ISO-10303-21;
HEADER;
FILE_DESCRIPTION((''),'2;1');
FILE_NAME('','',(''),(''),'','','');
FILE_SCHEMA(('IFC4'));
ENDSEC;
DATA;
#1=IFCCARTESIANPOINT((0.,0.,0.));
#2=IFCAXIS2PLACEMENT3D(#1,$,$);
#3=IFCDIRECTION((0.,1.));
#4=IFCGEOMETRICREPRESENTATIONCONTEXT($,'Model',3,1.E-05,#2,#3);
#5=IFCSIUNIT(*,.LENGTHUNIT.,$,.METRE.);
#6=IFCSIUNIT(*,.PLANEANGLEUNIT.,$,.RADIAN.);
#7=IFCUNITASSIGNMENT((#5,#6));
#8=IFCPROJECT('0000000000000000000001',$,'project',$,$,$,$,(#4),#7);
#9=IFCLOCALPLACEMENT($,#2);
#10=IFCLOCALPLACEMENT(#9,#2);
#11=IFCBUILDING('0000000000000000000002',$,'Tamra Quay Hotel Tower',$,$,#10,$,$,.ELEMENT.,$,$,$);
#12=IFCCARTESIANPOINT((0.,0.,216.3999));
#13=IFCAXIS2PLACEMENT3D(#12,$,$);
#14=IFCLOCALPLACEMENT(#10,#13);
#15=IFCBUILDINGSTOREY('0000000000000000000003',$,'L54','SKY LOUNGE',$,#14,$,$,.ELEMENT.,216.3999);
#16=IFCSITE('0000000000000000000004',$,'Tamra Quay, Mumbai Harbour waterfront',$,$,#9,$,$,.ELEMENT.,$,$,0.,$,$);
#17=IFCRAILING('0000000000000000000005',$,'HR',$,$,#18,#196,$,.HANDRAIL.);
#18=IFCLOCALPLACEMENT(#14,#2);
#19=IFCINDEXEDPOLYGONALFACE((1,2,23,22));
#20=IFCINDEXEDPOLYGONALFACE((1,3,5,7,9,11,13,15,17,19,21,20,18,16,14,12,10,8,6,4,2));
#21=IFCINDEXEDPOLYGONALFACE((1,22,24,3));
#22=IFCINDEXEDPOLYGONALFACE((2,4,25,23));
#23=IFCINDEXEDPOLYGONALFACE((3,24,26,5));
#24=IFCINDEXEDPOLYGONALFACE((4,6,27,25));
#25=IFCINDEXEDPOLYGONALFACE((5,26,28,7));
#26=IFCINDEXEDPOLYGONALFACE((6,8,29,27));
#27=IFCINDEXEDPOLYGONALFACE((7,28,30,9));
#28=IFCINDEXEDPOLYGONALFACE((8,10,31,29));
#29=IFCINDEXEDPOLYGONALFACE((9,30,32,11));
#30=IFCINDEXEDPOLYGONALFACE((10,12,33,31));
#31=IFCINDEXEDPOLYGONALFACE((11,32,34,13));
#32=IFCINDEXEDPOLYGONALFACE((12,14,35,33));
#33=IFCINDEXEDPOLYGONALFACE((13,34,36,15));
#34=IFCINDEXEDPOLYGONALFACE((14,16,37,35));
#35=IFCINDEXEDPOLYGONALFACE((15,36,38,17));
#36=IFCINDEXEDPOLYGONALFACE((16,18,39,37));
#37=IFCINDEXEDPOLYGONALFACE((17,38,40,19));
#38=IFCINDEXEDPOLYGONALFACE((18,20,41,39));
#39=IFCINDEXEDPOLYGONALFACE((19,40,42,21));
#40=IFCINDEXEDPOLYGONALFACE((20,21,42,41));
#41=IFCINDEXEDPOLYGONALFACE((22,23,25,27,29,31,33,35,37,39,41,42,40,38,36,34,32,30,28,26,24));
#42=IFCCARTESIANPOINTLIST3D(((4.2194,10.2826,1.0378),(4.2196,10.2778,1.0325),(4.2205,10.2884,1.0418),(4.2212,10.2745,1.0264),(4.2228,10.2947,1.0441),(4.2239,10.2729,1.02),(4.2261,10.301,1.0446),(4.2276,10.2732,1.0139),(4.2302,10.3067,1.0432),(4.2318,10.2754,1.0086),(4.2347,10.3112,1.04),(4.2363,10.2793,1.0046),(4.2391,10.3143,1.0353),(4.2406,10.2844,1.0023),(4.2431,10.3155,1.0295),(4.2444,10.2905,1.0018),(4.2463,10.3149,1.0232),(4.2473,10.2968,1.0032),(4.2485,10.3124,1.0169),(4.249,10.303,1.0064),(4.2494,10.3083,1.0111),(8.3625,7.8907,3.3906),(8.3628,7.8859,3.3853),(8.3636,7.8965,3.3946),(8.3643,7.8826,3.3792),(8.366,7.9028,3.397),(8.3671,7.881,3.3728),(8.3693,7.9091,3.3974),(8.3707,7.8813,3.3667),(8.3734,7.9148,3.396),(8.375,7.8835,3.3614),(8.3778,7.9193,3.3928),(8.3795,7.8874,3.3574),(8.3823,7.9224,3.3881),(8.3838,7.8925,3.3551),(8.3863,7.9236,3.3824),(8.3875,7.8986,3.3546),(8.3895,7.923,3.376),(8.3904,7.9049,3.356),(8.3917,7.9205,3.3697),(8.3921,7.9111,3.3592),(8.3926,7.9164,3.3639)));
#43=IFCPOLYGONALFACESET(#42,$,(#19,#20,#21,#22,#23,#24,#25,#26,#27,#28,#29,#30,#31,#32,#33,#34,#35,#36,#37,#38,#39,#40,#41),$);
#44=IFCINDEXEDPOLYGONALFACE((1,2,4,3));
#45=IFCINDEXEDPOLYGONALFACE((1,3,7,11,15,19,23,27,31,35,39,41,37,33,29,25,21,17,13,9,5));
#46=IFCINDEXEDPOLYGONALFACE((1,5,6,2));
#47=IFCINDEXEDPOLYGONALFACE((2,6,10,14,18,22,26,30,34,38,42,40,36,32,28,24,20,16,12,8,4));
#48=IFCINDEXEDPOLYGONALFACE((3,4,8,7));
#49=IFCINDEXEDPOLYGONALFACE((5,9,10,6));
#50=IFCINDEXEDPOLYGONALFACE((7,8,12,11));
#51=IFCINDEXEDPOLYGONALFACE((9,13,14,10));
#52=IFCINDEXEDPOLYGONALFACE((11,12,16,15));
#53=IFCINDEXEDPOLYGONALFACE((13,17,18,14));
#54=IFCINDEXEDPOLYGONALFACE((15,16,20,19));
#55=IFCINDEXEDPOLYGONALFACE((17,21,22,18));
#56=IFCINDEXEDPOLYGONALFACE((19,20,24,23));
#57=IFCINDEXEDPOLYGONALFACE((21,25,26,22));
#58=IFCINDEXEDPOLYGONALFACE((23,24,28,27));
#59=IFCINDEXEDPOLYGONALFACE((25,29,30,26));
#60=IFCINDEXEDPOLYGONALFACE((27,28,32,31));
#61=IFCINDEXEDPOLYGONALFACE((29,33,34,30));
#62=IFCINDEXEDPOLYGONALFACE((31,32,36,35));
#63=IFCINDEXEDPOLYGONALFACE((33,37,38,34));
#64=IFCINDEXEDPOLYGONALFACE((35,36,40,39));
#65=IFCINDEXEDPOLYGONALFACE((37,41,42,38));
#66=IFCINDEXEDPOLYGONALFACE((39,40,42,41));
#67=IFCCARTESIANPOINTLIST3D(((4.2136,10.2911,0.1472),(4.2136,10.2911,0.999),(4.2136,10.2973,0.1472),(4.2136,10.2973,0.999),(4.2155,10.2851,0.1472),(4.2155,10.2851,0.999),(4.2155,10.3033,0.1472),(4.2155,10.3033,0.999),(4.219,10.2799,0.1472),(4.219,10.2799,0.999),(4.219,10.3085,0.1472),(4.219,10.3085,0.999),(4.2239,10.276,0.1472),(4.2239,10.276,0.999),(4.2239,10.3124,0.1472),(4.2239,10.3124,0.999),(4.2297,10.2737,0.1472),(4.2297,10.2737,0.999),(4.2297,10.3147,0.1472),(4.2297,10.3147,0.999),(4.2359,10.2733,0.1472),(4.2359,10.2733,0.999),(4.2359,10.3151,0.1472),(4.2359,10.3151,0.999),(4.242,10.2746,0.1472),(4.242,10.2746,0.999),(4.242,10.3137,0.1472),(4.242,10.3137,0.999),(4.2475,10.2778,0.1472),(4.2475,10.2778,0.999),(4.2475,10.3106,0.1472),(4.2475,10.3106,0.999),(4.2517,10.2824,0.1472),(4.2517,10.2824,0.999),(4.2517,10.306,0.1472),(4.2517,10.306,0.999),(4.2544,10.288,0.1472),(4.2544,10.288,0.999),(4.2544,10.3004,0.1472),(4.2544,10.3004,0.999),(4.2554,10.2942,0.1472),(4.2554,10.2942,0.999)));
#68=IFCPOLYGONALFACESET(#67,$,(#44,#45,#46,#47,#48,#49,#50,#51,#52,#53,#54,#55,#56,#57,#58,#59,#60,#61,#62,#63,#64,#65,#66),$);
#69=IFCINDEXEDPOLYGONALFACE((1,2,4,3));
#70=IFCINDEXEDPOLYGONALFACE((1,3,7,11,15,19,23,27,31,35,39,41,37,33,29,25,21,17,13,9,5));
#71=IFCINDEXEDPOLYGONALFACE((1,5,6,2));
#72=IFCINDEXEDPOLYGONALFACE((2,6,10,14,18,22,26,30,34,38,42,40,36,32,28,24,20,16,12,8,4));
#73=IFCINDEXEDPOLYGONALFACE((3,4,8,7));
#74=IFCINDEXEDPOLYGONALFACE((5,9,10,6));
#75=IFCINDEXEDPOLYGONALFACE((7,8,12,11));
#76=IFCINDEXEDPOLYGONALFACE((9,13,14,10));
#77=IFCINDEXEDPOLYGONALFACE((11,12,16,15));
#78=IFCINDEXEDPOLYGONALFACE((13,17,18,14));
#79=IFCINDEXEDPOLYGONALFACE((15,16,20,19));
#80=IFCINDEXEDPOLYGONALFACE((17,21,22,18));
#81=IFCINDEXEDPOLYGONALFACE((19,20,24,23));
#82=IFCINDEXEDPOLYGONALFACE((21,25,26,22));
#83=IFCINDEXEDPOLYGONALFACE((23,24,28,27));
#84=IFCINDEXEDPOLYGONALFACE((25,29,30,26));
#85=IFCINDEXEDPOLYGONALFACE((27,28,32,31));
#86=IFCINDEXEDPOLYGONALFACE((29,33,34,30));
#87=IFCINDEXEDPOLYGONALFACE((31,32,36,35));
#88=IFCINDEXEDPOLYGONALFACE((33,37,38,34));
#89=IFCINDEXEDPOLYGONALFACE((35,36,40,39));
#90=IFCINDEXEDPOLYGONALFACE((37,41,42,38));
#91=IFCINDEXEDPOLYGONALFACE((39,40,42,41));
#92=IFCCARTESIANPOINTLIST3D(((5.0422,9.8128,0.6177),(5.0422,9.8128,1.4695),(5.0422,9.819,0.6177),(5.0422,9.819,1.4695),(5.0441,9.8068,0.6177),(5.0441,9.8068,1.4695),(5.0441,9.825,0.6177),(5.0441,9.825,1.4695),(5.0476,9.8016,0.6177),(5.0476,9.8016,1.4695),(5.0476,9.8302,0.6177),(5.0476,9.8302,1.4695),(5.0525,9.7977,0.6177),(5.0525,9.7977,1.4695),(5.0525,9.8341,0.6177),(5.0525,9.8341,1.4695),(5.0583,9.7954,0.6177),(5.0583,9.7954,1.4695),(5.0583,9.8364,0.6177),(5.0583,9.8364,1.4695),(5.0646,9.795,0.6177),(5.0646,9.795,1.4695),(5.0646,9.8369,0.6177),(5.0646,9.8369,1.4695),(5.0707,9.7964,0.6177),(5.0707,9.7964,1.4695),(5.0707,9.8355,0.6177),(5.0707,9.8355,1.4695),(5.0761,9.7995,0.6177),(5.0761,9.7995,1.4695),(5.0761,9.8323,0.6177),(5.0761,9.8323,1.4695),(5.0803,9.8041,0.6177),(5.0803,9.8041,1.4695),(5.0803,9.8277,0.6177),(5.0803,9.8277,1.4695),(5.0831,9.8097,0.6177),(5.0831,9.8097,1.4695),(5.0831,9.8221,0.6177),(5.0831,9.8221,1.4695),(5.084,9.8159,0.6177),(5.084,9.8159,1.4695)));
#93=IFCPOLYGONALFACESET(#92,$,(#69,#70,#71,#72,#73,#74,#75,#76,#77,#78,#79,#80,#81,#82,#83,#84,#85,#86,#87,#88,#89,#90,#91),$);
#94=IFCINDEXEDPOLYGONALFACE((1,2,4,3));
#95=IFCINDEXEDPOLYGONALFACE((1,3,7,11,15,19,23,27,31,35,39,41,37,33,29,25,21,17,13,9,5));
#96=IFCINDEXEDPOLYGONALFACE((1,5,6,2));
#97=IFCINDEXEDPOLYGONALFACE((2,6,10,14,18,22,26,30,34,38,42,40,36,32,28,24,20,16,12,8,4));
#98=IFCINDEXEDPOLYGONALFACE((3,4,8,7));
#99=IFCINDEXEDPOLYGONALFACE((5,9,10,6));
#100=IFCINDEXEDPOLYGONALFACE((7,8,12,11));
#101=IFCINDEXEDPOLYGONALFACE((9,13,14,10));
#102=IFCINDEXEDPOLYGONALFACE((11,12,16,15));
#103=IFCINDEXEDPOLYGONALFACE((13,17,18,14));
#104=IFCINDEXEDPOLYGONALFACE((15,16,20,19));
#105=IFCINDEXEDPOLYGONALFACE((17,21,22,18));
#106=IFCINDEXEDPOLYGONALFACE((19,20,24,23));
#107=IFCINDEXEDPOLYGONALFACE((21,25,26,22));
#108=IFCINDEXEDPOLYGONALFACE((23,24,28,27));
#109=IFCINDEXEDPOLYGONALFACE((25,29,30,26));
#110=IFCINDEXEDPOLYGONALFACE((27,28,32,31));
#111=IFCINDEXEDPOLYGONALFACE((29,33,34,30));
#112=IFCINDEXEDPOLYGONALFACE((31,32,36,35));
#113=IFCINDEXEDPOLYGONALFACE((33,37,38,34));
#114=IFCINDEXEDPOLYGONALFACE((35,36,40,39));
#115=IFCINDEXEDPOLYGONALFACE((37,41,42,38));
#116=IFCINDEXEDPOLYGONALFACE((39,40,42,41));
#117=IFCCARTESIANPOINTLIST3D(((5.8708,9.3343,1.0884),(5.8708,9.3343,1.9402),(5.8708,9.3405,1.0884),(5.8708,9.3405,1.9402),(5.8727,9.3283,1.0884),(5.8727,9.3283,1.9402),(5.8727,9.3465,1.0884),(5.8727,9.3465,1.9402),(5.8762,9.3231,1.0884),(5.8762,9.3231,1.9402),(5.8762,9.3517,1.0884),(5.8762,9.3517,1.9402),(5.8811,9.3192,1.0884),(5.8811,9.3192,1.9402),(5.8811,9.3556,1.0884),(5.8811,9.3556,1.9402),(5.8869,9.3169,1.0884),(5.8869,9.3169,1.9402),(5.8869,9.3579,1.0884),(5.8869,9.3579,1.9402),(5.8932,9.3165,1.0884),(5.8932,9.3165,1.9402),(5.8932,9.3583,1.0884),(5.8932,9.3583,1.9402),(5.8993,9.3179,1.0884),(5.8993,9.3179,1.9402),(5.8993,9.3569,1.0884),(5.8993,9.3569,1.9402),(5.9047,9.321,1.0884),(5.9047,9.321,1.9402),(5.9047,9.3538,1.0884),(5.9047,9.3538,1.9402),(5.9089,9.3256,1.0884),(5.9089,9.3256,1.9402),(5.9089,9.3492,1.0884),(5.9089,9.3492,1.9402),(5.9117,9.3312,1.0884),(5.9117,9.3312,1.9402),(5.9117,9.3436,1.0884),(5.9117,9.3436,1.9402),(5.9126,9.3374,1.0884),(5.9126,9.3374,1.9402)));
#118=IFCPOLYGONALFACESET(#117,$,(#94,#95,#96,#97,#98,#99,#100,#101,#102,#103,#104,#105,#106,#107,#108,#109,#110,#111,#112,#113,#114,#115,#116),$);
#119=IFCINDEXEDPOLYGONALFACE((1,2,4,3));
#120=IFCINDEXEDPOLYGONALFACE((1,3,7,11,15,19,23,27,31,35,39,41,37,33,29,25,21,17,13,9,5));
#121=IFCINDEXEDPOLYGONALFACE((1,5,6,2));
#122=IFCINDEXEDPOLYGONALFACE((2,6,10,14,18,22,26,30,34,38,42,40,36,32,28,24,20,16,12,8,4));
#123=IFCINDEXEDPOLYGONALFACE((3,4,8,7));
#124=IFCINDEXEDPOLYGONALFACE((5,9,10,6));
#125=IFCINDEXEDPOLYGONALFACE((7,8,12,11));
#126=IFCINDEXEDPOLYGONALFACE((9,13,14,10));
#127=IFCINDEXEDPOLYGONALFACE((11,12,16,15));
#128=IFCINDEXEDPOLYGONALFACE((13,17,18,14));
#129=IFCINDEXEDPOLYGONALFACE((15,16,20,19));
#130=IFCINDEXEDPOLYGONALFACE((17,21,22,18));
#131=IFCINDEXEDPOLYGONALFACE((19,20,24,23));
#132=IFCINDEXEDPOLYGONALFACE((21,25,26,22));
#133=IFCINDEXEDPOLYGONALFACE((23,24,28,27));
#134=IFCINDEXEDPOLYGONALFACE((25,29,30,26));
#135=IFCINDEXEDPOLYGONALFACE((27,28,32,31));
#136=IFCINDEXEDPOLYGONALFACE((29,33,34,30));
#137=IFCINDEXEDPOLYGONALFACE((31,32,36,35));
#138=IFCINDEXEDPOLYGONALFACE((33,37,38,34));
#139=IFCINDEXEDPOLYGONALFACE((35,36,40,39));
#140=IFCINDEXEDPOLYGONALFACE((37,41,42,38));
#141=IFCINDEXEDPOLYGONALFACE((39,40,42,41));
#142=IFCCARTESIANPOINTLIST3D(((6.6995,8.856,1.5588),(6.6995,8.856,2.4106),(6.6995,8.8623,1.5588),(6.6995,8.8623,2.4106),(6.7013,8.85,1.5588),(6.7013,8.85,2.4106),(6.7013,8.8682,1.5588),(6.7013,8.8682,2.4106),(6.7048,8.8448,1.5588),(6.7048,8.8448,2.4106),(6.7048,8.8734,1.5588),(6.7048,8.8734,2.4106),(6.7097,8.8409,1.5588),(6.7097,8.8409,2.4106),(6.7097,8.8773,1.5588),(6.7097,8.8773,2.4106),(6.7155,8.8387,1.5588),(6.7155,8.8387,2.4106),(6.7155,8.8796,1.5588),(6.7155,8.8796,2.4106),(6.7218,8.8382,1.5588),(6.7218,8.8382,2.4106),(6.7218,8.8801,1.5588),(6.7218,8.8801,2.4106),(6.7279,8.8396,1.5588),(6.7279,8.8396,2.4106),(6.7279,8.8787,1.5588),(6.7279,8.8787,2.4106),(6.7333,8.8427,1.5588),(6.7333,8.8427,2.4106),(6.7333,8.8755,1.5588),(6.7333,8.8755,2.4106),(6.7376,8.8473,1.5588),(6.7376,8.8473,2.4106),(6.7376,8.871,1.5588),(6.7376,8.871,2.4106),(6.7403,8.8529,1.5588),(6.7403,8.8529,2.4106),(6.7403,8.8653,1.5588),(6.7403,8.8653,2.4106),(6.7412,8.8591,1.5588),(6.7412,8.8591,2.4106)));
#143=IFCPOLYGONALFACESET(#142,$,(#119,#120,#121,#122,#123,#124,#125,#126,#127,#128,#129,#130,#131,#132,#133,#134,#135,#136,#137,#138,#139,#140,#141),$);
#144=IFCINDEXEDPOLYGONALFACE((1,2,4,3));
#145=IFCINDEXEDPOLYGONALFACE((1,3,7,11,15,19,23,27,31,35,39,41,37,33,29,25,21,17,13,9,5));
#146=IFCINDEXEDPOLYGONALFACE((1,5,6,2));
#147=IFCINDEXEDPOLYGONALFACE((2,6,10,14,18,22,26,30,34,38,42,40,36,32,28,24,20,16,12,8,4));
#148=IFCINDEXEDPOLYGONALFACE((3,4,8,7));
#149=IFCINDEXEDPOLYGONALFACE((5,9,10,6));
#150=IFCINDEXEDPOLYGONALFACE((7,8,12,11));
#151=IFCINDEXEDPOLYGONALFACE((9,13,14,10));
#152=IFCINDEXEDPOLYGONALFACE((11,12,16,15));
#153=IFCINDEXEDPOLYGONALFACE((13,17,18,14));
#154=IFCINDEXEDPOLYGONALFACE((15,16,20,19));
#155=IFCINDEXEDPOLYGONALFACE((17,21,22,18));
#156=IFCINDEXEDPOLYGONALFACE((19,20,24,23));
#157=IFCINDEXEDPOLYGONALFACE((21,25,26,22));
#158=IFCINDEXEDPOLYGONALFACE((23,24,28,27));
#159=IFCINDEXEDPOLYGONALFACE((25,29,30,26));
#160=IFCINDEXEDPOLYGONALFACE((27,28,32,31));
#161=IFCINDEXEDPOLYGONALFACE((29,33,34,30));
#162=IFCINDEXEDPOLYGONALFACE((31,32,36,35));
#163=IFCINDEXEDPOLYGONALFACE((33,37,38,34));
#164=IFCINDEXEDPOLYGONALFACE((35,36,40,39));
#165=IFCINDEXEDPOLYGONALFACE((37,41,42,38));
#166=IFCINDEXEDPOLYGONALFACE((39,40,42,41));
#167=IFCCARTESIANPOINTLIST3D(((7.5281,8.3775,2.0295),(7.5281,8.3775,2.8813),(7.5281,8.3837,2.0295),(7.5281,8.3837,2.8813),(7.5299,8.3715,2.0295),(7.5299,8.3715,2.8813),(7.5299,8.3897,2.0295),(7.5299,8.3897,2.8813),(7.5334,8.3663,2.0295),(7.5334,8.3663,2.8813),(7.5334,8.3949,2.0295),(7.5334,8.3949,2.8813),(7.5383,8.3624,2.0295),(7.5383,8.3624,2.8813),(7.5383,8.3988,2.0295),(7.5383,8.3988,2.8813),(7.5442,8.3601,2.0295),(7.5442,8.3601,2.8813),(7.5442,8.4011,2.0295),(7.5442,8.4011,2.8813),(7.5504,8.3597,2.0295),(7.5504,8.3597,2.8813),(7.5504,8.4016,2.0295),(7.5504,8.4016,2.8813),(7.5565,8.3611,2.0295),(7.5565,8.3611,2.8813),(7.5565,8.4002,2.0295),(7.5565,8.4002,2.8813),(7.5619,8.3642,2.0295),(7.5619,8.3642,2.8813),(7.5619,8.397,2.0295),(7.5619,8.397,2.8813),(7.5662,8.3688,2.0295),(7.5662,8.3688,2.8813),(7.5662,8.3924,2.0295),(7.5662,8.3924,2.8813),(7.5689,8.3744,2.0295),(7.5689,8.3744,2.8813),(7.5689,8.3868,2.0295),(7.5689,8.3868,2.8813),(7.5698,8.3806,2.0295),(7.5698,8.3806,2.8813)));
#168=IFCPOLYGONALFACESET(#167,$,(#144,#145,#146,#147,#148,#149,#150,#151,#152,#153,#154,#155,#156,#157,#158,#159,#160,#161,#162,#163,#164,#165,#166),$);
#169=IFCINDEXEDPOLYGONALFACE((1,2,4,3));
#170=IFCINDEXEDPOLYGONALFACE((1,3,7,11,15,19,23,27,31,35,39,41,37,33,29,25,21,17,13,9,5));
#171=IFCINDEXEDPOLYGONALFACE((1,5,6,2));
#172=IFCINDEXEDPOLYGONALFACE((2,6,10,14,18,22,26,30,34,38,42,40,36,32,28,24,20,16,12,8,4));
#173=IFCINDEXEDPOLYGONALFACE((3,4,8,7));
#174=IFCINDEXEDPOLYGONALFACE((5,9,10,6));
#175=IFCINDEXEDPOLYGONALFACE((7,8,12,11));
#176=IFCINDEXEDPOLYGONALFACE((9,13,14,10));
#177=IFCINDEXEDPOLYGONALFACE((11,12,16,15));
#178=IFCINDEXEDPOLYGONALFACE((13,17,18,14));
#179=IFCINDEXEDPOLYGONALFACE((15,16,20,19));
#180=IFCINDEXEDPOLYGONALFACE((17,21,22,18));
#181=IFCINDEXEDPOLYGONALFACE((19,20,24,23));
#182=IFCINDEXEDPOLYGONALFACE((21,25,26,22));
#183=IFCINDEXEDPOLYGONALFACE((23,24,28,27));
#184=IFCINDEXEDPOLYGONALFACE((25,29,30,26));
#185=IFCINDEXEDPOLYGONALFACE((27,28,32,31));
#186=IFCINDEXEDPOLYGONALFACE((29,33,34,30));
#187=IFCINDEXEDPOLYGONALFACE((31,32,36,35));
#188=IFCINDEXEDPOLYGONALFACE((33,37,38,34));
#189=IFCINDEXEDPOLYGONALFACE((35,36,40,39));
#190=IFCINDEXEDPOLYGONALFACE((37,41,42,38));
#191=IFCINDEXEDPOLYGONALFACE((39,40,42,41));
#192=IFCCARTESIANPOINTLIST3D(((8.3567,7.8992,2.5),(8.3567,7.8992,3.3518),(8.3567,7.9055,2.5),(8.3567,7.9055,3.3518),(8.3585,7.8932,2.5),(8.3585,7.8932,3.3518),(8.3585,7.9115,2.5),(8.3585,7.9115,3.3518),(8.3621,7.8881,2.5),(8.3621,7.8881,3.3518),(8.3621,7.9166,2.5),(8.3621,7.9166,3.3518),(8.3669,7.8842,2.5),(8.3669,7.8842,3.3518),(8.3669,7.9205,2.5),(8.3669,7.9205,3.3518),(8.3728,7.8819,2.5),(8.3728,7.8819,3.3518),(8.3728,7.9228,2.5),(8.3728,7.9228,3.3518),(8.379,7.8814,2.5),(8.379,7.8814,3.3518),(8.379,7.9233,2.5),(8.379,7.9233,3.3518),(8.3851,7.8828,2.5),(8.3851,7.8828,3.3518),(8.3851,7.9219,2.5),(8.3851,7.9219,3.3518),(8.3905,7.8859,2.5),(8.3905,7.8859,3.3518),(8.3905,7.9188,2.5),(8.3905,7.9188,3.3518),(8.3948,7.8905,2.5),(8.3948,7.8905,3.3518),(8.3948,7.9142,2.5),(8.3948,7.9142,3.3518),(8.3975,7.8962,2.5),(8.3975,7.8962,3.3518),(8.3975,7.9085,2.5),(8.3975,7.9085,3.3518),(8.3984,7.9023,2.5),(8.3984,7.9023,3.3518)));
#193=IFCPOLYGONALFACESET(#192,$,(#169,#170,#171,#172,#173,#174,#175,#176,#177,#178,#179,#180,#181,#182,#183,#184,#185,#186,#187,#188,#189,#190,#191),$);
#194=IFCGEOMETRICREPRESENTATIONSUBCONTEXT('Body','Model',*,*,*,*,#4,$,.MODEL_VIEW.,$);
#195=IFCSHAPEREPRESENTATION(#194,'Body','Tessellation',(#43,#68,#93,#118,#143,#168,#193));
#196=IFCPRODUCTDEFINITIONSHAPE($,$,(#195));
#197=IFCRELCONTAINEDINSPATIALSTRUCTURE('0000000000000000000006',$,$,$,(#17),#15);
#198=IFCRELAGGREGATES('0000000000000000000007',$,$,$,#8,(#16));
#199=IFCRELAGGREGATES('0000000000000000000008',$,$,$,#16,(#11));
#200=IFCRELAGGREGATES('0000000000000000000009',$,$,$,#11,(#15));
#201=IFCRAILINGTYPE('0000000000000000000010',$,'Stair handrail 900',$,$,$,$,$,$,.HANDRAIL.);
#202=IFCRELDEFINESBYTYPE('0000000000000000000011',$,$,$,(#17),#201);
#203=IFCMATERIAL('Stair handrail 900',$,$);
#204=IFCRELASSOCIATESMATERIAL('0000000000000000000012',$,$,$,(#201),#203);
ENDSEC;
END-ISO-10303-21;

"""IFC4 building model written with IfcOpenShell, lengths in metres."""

from ifc_helpers import new_model, si_unit, direction, frame, origin, origin_2d, place, context, subcontext, project, spatial, circle, extrude, material, type_object, element, save


model = new_model("IFC4")

# Units and contexts
model_context = context("Model", 3, precision=1e-05, world=origin(), true_north=direction((0.0, 1.0)))
body_context = subcontext(model_context, "Body", "Model", "MODEL_VIEW")
ifc_project = project(units=[si_unit("LENGTHUNIT", "METRE"), si_unit("PLANEANGLEUNIT", "RADIAN")], contexts=[model_context])

# Site, building, storey
site_placement = place(None, origin())
site = spatial("IfcSite", under=ifc_project, at=site_placement, Name="Tamra Quay, Mumbai Harbour waterfront", CompositionType="ELEMENT", RefElevation=0.0)
building_placement = place(site_placement, origin())
building = spatial("IfcBuilding", under=site, at=building_placement, Name="Tamra Quay Hotel Tower", CompositionType="ELEMENT")
storey_placement = place(building_placement, frame((0.0, 0.0, 216.3999)))
storey = spatial("IfcBuildingStorey", under=building, at=storey_placement, Name="L54", Description="SKY LOUNGE", CompositionType="ELEMENT", Elevation=216.3999)

# Railing
ifc_material_1 = material(Name="Stair handrail 900")
railing_type = type_object("IfcRailingType", Name="Stair handrail 900", PredefinedType="HANDRAIL", material=ifc_material_1)
railing_placement = place(storey_placement, frame((4.2344, 10.2942, 0.1472)))
element("IfcRailing", 1, at=railing_placement, inside=storey, type_object=railing_type, Name="HR", PredefinedType="HANDRAIL", context=body_context, shape_type="SweptSolid", body=[
    extrude(circle(Radius=0.0239, at=origin_2d()), frame((0.0, 0.0, 0.876), z_axis=(0.777138, -0.448652, 0.441325), x_axis=(0.499976, 0.866039, 0.0)), (0.0, 0.0, 1.0), 5.3313),
    extrude(circle(Radius=0.021, at=origin_2d()), origin(), (0.0, 0.0, 1.0), 0.8518),
    extrude(circle(Radius=0.021, at=origin_2d()), frame((0.8286, -0.4783, 0.4705)), (0.0, 0.0, 1.0), 0.8518),
    extrude(circle(Radius=0.021, at=origin_2d()), frame((1.6572, -0.9568, 0.9412)), (0.0, 0.0, 1.0), 0.8518),
    extrude(circle(Radius=0.021, at=origin_2d()), frame((2.4858, -1.4351, 1.4116)), (0.0, 0.0, 1.0), 0.8518),
    extrude(circle(Radius=0.021, at=origin_2d()), frame((3.3145, -1.9136, 1.8823)), (0.0, 0.0, 1.0), 0.8518),
    extrude(circle(Radius=0.021, at=origin_2d()), frame((4.1431, -2.3918, 2.3528)), (0.0, 0.0, 1.0), 0.8518),
])

save(model, "model.ifc")
